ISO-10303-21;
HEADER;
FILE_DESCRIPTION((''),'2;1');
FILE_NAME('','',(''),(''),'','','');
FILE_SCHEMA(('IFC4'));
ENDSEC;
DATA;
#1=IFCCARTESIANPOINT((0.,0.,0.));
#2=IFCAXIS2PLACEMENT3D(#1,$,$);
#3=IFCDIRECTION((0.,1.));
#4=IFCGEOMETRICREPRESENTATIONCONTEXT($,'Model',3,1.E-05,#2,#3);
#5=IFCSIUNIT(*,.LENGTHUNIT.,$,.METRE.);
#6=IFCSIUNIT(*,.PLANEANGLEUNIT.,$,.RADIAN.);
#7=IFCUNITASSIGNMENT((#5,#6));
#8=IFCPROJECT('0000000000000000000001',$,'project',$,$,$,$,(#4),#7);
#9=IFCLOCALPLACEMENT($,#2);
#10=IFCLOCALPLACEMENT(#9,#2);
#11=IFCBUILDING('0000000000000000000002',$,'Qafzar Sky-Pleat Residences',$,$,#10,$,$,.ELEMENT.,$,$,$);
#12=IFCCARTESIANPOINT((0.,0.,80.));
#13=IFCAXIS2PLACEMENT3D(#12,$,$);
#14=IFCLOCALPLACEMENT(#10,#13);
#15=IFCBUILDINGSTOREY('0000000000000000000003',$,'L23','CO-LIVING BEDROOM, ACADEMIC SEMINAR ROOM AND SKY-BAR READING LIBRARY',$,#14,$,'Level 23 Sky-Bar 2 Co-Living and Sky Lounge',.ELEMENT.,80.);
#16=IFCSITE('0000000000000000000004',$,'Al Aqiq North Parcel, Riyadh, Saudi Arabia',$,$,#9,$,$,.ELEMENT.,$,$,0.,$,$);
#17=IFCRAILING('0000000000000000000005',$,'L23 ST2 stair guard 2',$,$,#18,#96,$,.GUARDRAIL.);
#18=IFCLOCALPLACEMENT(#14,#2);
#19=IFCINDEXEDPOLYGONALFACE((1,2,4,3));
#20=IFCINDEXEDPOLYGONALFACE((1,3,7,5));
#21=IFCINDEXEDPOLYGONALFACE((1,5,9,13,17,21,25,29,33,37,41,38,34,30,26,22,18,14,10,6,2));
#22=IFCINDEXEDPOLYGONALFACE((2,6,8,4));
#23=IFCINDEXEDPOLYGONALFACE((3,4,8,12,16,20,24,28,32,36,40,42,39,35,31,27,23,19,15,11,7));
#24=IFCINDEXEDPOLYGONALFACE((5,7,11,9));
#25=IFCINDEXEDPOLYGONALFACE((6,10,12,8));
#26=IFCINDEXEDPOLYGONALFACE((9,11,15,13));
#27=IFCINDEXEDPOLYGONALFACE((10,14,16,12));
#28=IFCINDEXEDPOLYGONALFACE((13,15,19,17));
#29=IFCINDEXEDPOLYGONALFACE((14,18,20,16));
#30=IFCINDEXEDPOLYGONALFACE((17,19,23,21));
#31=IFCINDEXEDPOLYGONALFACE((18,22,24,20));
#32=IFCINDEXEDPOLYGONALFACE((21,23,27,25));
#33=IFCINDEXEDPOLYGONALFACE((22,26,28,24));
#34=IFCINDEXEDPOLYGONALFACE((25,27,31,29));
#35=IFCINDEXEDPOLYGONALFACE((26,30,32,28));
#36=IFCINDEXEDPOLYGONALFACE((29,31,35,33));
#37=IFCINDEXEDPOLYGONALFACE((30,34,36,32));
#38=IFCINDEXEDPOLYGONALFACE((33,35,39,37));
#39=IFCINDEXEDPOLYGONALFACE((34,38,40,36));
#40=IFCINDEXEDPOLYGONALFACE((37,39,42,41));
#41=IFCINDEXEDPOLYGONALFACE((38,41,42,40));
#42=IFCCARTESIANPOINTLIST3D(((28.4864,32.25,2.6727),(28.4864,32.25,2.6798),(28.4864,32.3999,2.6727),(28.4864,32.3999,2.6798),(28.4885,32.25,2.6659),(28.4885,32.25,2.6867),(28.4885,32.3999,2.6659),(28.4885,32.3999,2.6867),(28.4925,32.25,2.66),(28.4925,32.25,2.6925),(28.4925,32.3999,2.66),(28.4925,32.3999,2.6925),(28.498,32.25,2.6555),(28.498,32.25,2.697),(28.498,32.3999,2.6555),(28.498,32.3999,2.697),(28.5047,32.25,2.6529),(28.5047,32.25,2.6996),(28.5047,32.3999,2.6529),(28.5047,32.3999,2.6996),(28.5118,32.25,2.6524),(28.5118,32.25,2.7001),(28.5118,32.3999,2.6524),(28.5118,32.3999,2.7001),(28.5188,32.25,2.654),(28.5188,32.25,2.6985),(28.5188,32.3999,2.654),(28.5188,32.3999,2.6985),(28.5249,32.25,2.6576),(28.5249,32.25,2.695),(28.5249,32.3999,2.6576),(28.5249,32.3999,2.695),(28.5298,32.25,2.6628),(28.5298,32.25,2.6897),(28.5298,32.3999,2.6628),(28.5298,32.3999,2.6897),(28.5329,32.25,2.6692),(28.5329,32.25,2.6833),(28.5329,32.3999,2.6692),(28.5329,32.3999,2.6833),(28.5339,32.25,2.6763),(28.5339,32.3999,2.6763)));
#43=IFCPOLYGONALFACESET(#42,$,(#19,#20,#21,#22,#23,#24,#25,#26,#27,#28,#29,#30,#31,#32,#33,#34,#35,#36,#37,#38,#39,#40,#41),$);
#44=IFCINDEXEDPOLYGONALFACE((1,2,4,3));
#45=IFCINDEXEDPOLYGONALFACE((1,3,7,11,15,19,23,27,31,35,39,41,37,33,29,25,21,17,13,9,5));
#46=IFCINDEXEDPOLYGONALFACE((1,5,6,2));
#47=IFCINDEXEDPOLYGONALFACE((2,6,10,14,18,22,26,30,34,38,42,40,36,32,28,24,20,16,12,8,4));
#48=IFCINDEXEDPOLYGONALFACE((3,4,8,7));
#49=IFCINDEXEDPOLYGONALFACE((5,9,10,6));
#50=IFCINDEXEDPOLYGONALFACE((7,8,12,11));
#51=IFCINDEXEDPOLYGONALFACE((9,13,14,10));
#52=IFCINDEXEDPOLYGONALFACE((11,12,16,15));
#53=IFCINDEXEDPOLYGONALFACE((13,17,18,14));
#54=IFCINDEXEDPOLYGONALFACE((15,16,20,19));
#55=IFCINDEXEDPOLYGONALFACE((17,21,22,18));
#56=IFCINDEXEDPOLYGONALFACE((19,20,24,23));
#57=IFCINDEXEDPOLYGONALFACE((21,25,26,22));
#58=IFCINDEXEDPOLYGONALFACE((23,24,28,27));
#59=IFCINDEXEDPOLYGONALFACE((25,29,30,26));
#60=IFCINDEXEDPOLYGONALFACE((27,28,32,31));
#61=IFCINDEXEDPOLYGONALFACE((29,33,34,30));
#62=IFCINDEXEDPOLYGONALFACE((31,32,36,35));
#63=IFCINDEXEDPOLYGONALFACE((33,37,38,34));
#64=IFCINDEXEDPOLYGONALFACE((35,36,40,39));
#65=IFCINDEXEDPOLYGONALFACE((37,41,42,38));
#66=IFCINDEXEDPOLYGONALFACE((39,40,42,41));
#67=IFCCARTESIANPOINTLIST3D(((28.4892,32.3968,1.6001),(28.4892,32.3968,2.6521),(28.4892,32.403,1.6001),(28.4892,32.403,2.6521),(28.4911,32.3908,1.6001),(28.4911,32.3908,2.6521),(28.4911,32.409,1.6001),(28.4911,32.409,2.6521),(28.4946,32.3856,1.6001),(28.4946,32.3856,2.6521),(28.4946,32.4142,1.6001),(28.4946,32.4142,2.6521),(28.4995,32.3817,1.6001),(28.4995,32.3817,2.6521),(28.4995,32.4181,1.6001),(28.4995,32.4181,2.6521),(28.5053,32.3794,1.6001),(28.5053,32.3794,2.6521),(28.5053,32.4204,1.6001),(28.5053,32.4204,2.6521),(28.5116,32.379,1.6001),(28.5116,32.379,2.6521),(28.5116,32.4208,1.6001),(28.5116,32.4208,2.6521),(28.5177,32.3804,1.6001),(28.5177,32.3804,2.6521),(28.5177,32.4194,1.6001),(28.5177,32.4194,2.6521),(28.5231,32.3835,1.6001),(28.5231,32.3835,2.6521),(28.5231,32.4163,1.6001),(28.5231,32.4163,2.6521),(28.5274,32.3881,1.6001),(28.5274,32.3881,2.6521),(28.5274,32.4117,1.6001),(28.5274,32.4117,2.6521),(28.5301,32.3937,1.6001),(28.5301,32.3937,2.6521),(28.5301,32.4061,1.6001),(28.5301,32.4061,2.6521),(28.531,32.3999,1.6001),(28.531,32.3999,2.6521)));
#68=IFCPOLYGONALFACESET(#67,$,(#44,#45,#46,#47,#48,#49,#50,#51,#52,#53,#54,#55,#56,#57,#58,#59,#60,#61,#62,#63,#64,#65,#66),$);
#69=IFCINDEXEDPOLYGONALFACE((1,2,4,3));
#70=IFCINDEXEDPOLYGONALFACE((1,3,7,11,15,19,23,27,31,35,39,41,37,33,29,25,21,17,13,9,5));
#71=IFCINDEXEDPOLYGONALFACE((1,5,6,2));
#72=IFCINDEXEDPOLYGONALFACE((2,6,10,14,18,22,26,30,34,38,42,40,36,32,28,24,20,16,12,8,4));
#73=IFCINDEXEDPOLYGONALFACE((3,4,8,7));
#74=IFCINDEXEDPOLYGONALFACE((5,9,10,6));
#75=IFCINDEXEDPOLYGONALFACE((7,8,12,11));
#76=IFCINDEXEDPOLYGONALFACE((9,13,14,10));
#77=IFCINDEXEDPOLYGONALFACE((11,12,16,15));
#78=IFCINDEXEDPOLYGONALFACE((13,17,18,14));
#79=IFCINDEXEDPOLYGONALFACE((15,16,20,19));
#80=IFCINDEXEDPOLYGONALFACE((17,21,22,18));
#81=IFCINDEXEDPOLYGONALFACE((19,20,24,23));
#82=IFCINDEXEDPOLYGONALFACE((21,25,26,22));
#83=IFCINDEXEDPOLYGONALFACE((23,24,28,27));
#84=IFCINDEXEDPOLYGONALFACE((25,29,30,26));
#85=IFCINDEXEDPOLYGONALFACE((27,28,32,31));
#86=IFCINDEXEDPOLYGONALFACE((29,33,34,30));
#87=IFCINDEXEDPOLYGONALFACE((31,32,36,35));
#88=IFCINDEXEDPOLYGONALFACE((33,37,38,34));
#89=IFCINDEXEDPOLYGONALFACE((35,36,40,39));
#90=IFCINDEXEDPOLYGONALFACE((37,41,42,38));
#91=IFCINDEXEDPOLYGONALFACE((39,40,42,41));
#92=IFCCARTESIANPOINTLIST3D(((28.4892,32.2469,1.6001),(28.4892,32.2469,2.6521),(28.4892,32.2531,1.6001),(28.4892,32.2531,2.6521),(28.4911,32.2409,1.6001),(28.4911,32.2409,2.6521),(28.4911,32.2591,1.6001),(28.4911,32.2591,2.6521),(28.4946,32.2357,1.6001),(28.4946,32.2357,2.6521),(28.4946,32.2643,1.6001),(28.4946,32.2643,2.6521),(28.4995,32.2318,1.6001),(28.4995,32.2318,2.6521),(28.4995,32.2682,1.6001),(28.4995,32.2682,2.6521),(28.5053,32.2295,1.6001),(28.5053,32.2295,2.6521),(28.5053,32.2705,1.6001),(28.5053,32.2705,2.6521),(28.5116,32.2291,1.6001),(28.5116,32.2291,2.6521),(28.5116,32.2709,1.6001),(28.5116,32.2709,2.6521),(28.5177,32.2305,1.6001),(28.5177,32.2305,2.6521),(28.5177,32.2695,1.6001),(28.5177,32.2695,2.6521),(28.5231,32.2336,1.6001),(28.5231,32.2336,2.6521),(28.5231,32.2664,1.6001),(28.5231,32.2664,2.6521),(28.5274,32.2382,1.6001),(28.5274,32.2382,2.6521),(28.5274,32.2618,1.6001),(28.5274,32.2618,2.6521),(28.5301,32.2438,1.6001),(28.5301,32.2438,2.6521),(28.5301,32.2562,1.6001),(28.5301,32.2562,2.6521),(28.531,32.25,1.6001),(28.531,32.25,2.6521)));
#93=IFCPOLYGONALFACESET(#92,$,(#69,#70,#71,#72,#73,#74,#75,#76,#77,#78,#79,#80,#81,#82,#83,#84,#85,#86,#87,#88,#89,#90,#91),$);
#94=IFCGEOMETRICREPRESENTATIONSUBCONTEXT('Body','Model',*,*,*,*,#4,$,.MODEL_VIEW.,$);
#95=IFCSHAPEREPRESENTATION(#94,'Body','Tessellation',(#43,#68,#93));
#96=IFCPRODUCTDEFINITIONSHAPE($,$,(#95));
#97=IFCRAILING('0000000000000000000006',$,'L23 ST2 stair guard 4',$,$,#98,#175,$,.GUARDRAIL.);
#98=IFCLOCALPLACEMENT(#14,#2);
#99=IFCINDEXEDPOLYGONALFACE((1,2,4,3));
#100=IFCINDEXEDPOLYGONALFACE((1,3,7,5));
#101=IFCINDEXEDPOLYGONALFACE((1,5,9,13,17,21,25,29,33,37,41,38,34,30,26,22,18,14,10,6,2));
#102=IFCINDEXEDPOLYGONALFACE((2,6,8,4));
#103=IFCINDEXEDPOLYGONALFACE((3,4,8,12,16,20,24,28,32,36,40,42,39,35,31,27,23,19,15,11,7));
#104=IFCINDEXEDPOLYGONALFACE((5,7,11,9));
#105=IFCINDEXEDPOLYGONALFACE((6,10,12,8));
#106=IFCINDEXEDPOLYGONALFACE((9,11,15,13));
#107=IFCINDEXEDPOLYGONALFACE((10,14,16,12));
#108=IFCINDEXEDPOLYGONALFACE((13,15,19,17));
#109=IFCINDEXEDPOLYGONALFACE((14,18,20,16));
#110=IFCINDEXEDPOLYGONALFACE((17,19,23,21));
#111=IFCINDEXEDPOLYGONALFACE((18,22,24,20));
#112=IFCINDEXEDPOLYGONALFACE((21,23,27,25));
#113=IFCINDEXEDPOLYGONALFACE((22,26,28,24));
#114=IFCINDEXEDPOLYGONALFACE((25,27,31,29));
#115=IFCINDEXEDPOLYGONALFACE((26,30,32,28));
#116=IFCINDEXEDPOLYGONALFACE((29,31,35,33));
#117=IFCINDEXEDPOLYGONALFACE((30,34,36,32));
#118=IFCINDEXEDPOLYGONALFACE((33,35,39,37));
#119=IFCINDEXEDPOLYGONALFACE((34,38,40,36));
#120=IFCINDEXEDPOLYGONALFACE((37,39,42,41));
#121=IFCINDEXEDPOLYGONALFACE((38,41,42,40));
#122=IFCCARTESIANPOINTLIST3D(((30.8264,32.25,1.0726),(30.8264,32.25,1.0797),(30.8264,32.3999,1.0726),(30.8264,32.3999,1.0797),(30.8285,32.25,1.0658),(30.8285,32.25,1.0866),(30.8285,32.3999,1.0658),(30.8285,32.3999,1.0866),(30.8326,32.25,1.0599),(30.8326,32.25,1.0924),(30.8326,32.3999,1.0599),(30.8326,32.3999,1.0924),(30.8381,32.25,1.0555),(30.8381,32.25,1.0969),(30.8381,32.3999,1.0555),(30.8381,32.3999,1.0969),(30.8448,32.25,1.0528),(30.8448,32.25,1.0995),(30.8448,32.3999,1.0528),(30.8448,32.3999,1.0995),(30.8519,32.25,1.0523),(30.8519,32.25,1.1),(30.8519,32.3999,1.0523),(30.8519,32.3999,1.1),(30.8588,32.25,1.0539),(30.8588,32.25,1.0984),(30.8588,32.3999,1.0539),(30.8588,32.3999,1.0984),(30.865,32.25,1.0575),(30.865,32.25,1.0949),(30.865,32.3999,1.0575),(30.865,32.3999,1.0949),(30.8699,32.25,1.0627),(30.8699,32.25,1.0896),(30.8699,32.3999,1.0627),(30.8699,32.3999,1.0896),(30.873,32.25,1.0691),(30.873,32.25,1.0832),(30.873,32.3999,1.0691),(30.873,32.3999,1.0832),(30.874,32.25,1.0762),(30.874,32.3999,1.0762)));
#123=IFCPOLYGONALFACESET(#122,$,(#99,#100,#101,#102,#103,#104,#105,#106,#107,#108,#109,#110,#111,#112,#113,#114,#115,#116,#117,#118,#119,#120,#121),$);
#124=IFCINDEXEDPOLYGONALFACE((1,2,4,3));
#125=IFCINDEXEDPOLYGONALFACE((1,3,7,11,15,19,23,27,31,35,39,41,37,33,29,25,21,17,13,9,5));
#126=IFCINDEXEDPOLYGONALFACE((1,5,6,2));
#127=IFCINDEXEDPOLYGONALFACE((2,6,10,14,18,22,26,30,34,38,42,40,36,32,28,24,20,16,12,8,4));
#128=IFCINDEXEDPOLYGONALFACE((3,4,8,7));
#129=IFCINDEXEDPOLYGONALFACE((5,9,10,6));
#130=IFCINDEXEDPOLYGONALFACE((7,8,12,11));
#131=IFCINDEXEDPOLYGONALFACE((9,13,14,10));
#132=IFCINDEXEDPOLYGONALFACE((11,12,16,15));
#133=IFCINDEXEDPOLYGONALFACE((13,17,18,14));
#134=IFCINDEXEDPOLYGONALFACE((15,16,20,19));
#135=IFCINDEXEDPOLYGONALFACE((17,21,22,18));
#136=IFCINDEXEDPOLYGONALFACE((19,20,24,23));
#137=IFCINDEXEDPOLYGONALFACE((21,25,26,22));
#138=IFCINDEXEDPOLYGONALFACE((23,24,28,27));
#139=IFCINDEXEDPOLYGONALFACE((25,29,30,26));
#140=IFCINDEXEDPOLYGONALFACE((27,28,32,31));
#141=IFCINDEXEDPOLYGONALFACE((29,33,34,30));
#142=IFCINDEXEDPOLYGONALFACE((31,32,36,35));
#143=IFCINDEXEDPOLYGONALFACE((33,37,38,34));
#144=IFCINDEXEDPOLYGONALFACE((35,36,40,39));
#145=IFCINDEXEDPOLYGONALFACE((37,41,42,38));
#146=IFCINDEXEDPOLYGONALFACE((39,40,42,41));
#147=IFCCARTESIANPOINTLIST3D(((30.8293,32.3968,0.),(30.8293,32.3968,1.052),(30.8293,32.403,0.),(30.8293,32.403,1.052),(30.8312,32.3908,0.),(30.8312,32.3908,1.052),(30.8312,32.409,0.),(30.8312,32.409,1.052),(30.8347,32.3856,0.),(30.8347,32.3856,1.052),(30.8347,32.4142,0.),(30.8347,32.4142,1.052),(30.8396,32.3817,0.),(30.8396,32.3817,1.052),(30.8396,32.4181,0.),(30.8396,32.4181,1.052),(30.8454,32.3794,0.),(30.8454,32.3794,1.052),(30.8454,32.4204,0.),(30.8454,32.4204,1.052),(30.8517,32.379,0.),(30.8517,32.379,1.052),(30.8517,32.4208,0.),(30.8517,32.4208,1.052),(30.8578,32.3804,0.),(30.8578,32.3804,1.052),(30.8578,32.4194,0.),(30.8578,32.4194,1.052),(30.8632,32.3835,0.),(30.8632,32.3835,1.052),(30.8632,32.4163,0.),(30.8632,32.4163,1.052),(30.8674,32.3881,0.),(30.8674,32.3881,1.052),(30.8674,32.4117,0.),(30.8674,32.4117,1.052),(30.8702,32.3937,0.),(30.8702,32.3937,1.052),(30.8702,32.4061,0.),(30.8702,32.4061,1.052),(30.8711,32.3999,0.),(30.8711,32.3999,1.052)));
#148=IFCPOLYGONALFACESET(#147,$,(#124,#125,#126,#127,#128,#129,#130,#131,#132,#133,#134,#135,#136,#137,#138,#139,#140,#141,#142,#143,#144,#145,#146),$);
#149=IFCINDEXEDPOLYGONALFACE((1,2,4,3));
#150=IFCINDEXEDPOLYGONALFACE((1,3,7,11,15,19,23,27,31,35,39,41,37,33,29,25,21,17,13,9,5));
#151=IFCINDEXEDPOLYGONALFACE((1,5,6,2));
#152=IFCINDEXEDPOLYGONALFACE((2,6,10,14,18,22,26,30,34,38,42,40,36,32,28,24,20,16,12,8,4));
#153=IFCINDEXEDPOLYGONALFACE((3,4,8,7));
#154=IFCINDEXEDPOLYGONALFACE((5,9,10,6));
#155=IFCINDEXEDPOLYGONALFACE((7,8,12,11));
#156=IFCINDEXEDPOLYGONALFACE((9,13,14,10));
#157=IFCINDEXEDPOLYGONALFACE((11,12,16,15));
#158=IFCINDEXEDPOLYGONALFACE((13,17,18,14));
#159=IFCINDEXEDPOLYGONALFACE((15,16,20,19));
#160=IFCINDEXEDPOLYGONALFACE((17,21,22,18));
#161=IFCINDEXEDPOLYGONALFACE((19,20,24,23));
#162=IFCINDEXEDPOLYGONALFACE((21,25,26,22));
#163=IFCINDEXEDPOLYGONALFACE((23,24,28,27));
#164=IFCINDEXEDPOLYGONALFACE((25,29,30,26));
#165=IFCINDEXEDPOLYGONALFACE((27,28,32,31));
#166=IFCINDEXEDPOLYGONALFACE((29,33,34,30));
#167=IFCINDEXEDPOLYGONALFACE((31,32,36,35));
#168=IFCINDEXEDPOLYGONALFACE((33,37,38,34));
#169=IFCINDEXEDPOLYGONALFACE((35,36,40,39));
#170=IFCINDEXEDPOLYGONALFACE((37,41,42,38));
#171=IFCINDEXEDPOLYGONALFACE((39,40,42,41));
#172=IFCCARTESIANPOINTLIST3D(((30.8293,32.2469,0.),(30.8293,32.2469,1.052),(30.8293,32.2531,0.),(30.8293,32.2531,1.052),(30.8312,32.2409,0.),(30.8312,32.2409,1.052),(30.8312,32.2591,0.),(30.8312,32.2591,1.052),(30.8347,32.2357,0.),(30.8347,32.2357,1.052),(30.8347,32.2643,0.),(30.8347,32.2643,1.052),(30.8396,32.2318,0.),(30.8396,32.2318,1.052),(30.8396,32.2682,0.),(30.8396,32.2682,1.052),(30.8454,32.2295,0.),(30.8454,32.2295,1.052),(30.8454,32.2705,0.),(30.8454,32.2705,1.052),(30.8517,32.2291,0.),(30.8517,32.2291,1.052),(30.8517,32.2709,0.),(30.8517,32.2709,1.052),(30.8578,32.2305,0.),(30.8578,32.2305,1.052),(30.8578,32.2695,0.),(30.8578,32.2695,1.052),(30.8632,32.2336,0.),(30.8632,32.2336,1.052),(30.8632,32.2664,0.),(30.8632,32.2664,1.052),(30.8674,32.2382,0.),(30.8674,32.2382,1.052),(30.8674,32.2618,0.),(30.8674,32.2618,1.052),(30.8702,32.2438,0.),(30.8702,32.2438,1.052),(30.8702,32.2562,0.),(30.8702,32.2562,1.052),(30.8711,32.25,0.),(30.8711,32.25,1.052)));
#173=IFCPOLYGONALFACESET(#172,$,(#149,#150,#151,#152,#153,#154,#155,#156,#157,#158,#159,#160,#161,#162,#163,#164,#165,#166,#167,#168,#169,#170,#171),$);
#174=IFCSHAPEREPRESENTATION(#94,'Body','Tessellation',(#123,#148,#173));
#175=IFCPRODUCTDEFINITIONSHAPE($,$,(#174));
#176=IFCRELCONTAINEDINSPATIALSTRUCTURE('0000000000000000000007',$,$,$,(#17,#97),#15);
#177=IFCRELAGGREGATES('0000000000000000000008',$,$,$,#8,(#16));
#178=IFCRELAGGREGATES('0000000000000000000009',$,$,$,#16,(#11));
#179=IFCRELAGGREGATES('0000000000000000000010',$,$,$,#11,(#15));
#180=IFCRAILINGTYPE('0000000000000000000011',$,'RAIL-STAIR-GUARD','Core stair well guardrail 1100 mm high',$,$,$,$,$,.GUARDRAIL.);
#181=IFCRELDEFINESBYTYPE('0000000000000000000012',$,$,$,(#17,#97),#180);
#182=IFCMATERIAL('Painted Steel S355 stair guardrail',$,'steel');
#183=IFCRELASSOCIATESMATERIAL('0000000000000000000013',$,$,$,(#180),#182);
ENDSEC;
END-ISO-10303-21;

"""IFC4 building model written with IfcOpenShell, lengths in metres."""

from ifc_helpers import new_model, si_unit, direction, frame, origin, origin_2d, place, context, subcontext, project, spatial, circle, extrude, source, transform, mapped, material, type_object, element, save


model = new_model("IFC4")

# Units and contexts
model_context = context("Model", 3, precision=1e-05, world=origin(), true_north=direction((0.0, 1.0)))
body_context = subcontext(model_context, "Body", "Model", "MODEL_VIEW")
ifc_project = project(units=[si_unit("LENGTHUNIT", "METRE"), si_unit("PLANEANGLEUNIT", "RADIAN")], contexts=[model_context])

# Site, building, storey
site_placement = place(None, origin())
site = spatial("IfcSite", under=ifc_project, at=site_placement, Name="Al Aqiq North Parcel, Riyadh, Saudi Arabia", CompositionType="ELEMENT", RefElevation=0.0)
building_placement = place(site_placement, origin())
building = spatial("IfcBuilding", under=site, at=building_placement, Name="Qafzar Sky-Pleat Residences", CompositionType="ELEMENT")
storey_placement = place(building_placement, frame((0.0, 0.0, 80.0)))
storey = spatial("IfcBuildingStorey", under=building, at=storey_placement, Name="L23", Description="CO-LIVING BEDROOM, ACADEMIC SEMINAR ROOM AND SKY-BAR READING LIBRARY", LongName="Level 23 Sky-Bar 2 Co-Living and Sky Lounge", CompositionType="ELEMENT", Elevation=80.0)

# Railings
ifc_material_1 = material(Name="Painted Steel S355 stair guardrail", Category="steel")
railing_type_1 = type_object("IfcRailingType", Name="RAIL-STAIR-GUARD", Description="Core stair well guardrail 1100 mm high", PredefinedType="GUARDRAIL", material=ifc_material_1)
shared_shape_1 = source(origin(), body_context, "Body", "SweptSolid", [
    extrude(circle(Radius=0.0239, at=origin_2d()), frame((0.0, 0.0, 1.0762), z_axis=(0.0, -1.0, 0.0), x_axis=(1.0, 0.0, 0.0)), (0.0, 0.0, 1.0), 0.1499),
    extrude(circle(Radius=0.021, at=origin_2d()), origin(), (0.0, 0.0, 1.0), 1.052),
    extrude(circle(Radius=0.021, at=origin_2d()), frame((0.0, -0.1499, 0.0)), (0.0, 0.0, 1.0), 1.052),
])
for number, where, name in (
    (1, (28.51, 32.3999, 1.6001), "L23 ST2 stair guard 2"),
    (2, (30.8501, 32.3999, 0.0), "L23 ST2 stair guard 4"),
):
    element("IfcRailing", number, at=place(storey_placement, frame(where)), inside=storey, type_object=railing_type_1, Name=name, PredefinedType="GUARDRAIL", context=body_context, shape_type="MappedRepresentation", body=[
        mapped(shared_shape_1, transform((0.0, 0.0, 0.0), x_axis=(1.0, 0.0, 0.0), y_axis=(0.0, 1.0, 0.0), z_axis=(0.0, 0.0, 1.0), scale=1.0)),
    ])

save(model, "model.ifc")
